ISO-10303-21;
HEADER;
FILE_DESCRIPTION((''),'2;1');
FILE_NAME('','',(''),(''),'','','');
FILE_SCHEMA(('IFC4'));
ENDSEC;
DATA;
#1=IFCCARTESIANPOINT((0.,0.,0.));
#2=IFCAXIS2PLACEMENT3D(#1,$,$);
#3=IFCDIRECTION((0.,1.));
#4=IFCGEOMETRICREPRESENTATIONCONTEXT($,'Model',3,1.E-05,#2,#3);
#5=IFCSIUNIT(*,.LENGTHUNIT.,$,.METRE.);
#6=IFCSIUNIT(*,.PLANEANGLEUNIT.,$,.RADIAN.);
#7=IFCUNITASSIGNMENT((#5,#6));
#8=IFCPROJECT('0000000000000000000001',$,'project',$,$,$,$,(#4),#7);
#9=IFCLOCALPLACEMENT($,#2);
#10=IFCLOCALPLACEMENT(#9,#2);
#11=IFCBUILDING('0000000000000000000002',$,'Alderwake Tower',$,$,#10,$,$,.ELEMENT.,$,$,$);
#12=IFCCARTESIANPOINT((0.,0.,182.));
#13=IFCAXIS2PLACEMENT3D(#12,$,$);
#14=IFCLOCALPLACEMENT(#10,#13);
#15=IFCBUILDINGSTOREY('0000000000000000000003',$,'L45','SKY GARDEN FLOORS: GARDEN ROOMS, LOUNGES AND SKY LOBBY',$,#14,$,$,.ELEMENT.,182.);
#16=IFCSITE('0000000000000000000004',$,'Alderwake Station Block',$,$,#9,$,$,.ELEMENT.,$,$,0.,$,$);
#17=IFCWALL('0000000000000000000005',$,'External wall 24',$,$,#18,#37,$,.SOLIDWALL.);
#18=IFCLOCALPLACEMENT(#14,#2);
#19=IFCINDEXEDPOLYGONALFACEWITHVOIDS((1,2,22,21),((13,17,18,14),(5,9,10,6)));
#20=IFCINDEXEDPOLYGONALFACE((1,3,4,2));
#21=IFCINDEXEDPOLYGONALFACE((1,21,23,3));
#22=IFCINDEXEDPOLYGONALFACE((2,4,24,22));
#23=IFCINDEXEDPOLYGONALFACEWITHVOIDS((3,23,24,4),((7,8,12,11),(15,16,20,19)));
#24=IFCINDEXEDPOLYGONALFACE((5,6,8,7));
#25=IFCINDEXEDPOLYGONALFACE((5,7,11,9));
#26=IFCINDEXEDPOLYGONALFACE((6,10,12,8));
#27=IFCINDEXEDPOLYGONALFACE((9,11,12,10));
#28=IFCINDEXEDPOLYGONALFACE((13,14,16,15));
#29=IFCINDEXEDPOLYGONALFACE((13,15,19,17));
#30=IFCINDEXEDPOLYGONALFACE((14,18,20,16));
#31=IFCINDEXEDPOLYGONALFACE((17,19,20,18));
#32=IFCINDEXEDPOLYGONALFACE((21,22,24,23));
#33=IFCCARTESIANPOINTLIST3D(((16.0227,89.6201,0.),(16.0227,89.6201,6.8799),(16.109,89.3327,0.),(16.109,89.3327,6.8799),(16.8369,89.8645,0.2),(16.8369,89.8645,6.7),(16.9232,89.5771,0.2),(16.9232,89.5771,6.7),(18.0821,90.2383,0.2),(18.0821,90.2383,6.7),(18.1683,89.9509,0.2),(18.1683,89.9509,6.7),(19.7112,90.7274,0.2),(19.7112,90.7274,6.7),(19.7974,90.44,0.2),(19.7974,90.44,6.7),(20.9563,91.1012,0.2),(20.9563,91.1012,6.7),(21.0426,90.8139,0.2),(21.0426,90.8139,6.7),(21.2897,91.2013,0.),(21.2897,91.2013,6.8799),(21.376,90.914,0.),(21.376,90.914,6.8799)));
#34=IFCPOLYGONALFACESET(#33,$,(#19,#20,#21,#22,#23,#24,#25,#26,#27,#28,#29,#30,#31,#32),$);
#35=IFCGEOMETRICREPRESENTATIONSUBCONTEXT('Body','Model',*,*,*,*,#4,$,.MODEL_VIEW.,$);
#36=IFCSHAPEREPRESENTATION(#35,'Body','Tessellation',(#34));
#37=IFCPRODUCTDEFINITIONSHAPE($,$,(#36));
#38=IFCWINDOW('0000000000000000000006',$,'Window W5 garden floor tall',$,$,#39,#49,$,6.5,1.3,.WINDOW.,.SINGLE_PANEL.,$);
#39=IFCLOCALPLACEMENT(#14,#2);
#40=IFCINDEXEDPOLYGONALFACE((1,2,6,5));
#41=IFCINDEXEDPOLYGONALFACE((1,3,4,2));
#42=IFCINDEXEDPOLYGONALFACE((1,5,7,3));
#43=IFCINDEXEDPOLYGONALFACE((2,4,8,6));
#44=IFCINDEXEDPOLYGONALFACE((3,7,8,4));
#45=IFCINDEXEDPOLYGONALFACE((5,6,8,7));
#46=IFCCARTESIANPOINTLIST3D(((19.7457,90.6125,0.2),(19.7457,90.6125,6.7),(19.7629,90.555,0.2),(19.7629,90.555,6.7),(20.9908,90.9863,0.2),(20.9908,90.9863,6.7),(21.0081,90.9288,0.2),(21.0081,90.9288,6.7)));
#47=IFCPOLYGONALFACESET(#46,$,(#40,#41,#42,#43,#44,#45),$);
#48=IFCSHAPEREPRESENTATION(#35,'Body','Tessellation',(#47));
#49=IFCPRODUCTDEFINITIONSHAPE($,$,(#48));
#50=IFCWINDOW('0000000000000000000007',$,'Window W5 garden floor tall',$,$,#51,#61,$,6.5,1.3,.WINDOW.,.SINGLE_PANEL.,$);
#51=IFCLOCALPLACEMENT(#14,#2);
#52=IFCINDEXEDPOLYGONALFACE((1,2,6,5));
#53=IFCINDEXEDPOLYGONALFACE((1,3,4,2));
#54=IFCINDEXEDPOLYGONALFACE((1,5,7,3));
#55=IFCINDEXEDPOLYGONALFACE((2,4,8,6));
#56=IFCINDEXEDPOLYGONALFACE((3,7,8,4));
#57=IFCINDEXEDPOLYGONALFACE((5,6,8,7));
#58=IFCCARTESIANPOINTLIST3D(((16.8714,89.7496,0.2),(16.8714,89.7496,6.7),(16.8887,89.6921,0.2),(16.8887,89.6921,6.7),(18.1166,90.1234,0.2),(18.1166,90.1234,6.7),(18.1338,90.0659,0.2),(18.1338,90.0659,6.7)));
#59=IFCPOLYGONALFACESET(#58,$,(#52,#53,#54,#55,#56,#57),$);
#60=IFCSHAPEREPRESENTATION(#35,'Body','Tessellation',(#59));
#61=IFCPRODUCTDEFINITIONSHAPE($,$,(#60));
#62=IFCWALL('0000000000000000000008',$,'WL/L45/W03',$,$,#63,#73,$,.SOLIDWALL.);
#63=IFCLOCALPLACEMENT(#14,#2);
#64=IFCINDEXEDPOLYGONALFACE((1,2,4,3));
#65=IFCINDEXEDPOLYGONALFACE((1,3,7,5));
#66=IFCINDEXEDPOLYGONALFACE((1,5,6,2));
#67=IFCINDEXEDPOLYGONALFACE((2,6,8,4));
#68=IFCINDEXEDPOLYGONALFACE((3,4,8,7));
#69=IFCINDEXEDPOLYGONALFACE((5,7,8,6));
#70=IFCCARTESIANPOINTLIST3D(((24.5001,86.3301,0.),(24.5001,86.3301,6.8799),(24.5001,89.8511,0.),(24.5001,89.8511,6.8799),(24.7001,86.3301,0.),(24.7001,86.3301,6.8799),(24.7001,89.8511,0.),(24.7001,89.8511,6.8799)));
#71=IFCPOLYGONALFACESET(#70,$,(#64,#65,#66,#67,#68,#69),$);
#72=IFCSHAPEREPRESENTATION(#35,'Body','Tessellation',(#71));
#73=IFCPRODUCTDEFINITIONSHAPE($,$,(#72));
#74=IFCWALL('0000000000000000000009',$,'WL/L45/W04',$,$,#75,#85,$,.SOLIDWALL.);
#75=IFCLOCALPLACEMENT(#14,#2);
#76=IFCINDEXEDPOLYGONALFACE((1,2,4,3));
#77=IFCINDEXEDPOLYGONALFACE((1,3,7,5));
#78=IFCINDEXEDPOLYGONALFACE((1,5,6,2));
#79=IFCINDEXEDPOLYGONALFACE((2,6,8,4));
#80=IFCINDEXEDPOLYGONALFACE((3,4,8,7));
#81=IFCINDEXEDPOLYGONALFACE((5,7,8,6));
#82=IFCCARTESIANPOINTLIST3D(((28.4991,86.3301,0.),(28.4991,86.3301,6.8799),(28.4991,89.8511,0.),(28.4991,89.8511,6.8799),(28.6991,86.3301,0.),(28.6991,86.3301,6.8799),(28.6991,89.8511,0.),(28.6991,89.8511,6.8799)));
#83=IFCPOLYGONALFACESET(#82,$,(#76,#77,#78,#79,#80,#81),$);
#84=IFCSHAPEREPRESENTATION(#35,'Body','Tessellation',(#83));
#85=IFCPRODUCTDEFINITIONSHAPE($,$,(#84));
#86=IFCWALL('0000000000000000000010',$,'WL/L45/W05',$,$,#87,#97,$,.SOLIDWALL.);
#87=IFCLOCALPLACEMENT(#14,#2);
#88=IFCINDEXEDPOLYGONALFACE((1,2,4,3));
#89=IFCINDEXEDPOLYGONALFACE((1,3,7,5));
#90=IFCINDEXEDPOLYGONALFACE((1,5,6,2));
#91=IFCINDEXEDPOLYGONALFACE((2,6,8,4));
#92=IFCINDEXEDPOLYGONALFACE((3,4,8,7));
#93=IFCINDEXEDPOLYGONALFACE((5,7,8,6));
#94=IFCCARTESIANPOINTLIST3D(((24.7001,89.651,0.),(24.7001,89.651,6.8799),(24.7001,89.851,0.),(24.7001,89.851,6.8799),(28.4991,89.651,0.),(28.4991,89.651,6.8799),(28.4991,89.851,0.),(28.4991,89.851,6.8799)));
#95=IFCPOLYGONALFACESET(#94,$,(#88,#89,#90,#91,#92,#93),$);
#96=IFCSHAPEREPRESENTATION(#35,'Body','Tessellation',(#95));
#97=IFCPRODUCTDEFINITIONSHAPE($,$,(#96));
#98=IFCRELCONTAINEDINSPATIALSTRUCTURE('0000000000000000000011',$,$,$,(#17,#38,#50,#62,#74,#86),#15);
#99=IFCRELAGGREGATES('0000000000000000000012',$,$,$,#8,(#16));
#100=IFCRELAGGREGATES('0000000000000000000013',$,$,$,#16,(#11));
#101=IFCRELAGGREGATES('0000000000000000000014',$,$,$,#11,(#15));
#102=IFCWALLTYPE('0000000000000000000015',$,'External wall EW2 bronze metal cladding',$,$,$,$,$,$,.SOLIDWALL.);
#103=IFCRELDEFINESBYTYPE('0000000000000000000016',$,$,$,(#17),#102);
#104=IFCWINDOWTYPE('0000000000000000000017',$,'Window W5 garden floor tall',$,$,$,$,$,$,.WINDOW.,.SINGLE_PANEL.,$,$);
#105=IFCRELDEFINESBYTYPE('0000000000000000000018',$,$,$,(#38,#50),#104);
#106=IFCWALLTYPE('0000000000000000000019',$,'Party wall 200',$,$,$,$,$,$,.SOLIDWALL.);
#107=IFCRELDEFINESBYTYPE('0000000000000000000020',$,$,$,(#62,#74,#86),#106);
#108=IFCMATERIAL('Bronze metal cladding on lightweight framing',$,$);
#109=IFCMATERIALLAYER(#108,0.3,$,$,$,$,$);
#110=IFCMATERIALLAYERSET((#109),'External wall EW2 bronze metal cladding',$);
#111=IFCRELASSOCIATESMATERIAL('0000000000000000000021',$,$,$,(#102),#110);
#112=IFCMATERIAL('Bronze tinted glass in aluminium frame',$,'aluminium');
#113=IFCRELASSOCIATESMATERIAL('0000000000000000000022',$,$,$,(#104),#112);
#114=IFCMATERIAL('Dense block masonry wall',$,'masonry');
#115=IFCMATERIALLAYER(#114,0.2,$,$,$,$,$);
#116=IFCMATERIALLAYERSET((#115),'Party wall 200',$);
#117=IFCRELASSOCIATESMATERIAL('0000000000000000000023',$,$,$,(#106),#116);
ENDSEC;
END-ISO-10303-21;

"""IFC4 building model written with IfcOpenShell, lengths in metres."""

from ifc_helpers import new_model, si_unit, direction, frame, frame_2d, origin, place, context, subcontext, project, spatial, rectangle, extrude, material, layer, layer_set, type_object, element, fill, save


model = new_model("IFC4")

# Units and contexts
model_context = context("Model", 3, precision=1e-05, world=origin(), true_north=direction((0.0, 1.0)))
body_context = subcontext(model_context, "Body", "Model", "MODEL_VIEW")
ifc_project = project(units=[si_unit("LENGTHUNIT", "METRE"), si_unit("PLANEANGLEUNIT", "RADIAN")], contexts=[model_context])

# Site, building, storey
site_placement = place(None, origin())
site = spatial("IfcSite", under=ifc_project, at=site_placement, Name="Alderwake Station Block", CompositionType="ELEMENT", RefElevation=0.0)
building_placement = place(site_placement, origin())
building = spatial("IfcBuilding", under=site, at=building_placement, Name="Alderwake Tower", CompositionType="ELEMENT")
storey_placement = place(building_placement, frame((0.0, 0.0, 182.0)))
storey = spatial("IfcBuildingStorey", under=building, at=storey_placement, Name="L45", Description="SKY GARDEN FLOORS: GARDEN ROOMS, LOUNGES AND SKY LOBBY", CompositionType="ELEMENT", Elevation=182.0)

# Shared definitions
ifc_material_1 = material(Name="Bronze metal cladding on lightweight framing")
ifc_layer_1 = layer(ifc_material_1, 0.3)
ifc_layer_set_1 = layer_set([ifc_layer_1], Name="External wall EW2 bronze metal cladding")
wall_type_1 = type_object("IfcWallType", Name="External wall EW2 bronze metal cladding", PredefinedType="SOLIDWALL", material=ifc_layer_set_1)
ifc_material_2 = material(Name="Bronze tinted glass in aluminium frame", Category="aluminium")
window_type = type_object("IfcWindowType", Name="Window W5 garden floor tall", PartitioningType="SINGLE_PANEL", PredefinedType="WINDOW", material=ifc_material_2)

# Wall, openings, windows
wall_1_placement = place(storey_placement, frame((21.3328, 91.0576, 0.0), z_axis=(0.0, 0.0, 1.0), x_axis=(-0.957768, -0.287543, 0.0)))
wall_1 = element("IfcWall", 1, at=wall_1_placement, inside=storey, type_object=wall_type_1, Name="External wall 24", PredefinedType="SOLIDWALL", context=body_context, shape_type="SweptSolid", body=[
    extrude(rectangle(XDim=5.4993, YDim=0.3, at=frame_2d((2.7495, 0.0))), origin(), (0.0, 0.0, 1.0), 6.8799),
])
opening_1_placement = place(wall_1_placement, frame((0.3481, 0.0, 0.2)))
opening_1 = element("IfcOpeningElement", 2, at=opening_1_placement, cuts=wall_1, PredefinedType="OPENING", context=body_context, shape_type="SweptSolid", body=[
    extrude(rectangle(XDim=1.3, YDim=6.5, at=frame_2d((0.6499, 3.25))), frame((0.0, 0.1599, 0.0), z_axis=(0.0, -1.0, 0.0), x_axis=(1.0, 0.0, 0.0)), (0.0, 0.0, 1.0), 0.3201),
])
opening_2_placement = place(wall_1_placement, frame((3.3491, 0.0, 0.2)))
opening_2 = element("IfcOpeningElement", 3, at=opening_2_placement, cuts=wall_1, PredefinedType="OPENING", context=body_context, shape_type="SweptSolid", body=[
    extrude(rectangle(XDim=1.3, YDim=6.5, at=frame_2d((0.6499, 3.25))), frame((0.0, 0.1599, 0.0), z_axis=(0.0, -1.0, 0.0), x_axis=(1.0, 0.0, 0.0)), (0.0, 0.0, 1.0), 0.3201),
])
window_1_placement = place(opening_1_placement, origin())
window_1 = element("IfcWindow", 4, at=window_1_placement, inside=storey, type_object=window_type, Name="Window W5 garden floor tall", OverallHeight=6.5, OverallWidth=1.3, PartitioningType="SINGLE_PANEL", PredefinedType="WINDOW", context=body_context, shape_type="SweptSolid", body=[
    extrude(rectangle(XDim=1.3, YDim=6.5, at=frame_2d((0.6499, 3.25))), frame((0.0, 0.03, 0.0), z_axis=(0.0, -1.0, 0.0), x_axis=(1.0, 0.0, 0.0)), (0.0, 0.0, 1.0), 0.0601),
])
fill(opening_1, window_1)
window_2_placement = place(opening_2_placement, origin())
window_2 = element("IfcWindow", 5, at=window_2_placement, inside=storey, type_object=window_type, Name="Window W5 garden floor tall", OverallHeight=6.5, OverallWidth=1.3, PartitioningType="SINGLE_PANEL", PredefinedType="WINDOW", context=body_context, shape_type="SweptSolid", body=[
    extrude(rectangle(XDim=1.3, YDim=6.5, at=frame_2d((0.6499, 3.25))), frame((0.0, 0.03, 0.0), z_axis=(0.0, -1.0, 0.0), x_axis=(1.0, 0.0, 0.0)), (0.0, 0.0, 1.0), 0.0601),
])
fill(opening_2, window_2)

# Walls
ifc_material_3 = material(Name="Dense block masonry wall", Category="masonry")
ifc_layer_2 = layer(ifc_material_3, 0.2)
ifc_layer_set_2 = layer_set([ifc_layer_2], Name="Party wall 200")
wall_type_2 = type_object("IfcWallType", Name="Party wall 200", PredefinedType="SOLIDWALL", material=ifc_layer_set_2)
for number, where, z_axis, x_axis, name in (
    (6, (24.6001, 89.8511, 0.0), (0.0, 0.0, 1.0), (0.0, -1.0, 0.0), "WL/L45/W03"),
    (7, (28.5991, 86.3301, 0.0), (0.0, 0.0, 1.0), (0.0, 1.0, 0.0), "WL/L45/W04"),
):
    element("IfcWall", number, at=place(storey_placement, frame(where, z_axis=z_axis, x_axis=x_axis)), inside=storey, type_object=wall_type_2, Name=name, PredefinedType="SOLIDWALL", context=body_context, shape_type="SweptSolid", body=[
        extrude(rectangle(XDim=3.521, YDim=0.2, at=frame_2d((1.7605, 0.0))), origin(), (0.0, 0.0, 1.0), 6.8799),
    ])
wall_2_placement = place(storey_placement, frame((28.499, 89.751, 0.0), z_axis=(0.0, 0.0, 1.0), x_axis=(-1.0, 0.0, 0.0)))
element("IfcWall", 8, at=wall_2_placement, inside=storey, type_object=wall_type_2, Name="WL/L45/W05", PredefinedType="SOLIDWALL", context=body_context, shape_type="SweptSolid", body=[
    extrude(rectangle(XDim=3.7991, YDim=0.2, at=frame_2d((1.8994, 0.0))), origin(), (0.0, 0.0, 1.0), 6.8799),
])

save(model, "model.ifc")
